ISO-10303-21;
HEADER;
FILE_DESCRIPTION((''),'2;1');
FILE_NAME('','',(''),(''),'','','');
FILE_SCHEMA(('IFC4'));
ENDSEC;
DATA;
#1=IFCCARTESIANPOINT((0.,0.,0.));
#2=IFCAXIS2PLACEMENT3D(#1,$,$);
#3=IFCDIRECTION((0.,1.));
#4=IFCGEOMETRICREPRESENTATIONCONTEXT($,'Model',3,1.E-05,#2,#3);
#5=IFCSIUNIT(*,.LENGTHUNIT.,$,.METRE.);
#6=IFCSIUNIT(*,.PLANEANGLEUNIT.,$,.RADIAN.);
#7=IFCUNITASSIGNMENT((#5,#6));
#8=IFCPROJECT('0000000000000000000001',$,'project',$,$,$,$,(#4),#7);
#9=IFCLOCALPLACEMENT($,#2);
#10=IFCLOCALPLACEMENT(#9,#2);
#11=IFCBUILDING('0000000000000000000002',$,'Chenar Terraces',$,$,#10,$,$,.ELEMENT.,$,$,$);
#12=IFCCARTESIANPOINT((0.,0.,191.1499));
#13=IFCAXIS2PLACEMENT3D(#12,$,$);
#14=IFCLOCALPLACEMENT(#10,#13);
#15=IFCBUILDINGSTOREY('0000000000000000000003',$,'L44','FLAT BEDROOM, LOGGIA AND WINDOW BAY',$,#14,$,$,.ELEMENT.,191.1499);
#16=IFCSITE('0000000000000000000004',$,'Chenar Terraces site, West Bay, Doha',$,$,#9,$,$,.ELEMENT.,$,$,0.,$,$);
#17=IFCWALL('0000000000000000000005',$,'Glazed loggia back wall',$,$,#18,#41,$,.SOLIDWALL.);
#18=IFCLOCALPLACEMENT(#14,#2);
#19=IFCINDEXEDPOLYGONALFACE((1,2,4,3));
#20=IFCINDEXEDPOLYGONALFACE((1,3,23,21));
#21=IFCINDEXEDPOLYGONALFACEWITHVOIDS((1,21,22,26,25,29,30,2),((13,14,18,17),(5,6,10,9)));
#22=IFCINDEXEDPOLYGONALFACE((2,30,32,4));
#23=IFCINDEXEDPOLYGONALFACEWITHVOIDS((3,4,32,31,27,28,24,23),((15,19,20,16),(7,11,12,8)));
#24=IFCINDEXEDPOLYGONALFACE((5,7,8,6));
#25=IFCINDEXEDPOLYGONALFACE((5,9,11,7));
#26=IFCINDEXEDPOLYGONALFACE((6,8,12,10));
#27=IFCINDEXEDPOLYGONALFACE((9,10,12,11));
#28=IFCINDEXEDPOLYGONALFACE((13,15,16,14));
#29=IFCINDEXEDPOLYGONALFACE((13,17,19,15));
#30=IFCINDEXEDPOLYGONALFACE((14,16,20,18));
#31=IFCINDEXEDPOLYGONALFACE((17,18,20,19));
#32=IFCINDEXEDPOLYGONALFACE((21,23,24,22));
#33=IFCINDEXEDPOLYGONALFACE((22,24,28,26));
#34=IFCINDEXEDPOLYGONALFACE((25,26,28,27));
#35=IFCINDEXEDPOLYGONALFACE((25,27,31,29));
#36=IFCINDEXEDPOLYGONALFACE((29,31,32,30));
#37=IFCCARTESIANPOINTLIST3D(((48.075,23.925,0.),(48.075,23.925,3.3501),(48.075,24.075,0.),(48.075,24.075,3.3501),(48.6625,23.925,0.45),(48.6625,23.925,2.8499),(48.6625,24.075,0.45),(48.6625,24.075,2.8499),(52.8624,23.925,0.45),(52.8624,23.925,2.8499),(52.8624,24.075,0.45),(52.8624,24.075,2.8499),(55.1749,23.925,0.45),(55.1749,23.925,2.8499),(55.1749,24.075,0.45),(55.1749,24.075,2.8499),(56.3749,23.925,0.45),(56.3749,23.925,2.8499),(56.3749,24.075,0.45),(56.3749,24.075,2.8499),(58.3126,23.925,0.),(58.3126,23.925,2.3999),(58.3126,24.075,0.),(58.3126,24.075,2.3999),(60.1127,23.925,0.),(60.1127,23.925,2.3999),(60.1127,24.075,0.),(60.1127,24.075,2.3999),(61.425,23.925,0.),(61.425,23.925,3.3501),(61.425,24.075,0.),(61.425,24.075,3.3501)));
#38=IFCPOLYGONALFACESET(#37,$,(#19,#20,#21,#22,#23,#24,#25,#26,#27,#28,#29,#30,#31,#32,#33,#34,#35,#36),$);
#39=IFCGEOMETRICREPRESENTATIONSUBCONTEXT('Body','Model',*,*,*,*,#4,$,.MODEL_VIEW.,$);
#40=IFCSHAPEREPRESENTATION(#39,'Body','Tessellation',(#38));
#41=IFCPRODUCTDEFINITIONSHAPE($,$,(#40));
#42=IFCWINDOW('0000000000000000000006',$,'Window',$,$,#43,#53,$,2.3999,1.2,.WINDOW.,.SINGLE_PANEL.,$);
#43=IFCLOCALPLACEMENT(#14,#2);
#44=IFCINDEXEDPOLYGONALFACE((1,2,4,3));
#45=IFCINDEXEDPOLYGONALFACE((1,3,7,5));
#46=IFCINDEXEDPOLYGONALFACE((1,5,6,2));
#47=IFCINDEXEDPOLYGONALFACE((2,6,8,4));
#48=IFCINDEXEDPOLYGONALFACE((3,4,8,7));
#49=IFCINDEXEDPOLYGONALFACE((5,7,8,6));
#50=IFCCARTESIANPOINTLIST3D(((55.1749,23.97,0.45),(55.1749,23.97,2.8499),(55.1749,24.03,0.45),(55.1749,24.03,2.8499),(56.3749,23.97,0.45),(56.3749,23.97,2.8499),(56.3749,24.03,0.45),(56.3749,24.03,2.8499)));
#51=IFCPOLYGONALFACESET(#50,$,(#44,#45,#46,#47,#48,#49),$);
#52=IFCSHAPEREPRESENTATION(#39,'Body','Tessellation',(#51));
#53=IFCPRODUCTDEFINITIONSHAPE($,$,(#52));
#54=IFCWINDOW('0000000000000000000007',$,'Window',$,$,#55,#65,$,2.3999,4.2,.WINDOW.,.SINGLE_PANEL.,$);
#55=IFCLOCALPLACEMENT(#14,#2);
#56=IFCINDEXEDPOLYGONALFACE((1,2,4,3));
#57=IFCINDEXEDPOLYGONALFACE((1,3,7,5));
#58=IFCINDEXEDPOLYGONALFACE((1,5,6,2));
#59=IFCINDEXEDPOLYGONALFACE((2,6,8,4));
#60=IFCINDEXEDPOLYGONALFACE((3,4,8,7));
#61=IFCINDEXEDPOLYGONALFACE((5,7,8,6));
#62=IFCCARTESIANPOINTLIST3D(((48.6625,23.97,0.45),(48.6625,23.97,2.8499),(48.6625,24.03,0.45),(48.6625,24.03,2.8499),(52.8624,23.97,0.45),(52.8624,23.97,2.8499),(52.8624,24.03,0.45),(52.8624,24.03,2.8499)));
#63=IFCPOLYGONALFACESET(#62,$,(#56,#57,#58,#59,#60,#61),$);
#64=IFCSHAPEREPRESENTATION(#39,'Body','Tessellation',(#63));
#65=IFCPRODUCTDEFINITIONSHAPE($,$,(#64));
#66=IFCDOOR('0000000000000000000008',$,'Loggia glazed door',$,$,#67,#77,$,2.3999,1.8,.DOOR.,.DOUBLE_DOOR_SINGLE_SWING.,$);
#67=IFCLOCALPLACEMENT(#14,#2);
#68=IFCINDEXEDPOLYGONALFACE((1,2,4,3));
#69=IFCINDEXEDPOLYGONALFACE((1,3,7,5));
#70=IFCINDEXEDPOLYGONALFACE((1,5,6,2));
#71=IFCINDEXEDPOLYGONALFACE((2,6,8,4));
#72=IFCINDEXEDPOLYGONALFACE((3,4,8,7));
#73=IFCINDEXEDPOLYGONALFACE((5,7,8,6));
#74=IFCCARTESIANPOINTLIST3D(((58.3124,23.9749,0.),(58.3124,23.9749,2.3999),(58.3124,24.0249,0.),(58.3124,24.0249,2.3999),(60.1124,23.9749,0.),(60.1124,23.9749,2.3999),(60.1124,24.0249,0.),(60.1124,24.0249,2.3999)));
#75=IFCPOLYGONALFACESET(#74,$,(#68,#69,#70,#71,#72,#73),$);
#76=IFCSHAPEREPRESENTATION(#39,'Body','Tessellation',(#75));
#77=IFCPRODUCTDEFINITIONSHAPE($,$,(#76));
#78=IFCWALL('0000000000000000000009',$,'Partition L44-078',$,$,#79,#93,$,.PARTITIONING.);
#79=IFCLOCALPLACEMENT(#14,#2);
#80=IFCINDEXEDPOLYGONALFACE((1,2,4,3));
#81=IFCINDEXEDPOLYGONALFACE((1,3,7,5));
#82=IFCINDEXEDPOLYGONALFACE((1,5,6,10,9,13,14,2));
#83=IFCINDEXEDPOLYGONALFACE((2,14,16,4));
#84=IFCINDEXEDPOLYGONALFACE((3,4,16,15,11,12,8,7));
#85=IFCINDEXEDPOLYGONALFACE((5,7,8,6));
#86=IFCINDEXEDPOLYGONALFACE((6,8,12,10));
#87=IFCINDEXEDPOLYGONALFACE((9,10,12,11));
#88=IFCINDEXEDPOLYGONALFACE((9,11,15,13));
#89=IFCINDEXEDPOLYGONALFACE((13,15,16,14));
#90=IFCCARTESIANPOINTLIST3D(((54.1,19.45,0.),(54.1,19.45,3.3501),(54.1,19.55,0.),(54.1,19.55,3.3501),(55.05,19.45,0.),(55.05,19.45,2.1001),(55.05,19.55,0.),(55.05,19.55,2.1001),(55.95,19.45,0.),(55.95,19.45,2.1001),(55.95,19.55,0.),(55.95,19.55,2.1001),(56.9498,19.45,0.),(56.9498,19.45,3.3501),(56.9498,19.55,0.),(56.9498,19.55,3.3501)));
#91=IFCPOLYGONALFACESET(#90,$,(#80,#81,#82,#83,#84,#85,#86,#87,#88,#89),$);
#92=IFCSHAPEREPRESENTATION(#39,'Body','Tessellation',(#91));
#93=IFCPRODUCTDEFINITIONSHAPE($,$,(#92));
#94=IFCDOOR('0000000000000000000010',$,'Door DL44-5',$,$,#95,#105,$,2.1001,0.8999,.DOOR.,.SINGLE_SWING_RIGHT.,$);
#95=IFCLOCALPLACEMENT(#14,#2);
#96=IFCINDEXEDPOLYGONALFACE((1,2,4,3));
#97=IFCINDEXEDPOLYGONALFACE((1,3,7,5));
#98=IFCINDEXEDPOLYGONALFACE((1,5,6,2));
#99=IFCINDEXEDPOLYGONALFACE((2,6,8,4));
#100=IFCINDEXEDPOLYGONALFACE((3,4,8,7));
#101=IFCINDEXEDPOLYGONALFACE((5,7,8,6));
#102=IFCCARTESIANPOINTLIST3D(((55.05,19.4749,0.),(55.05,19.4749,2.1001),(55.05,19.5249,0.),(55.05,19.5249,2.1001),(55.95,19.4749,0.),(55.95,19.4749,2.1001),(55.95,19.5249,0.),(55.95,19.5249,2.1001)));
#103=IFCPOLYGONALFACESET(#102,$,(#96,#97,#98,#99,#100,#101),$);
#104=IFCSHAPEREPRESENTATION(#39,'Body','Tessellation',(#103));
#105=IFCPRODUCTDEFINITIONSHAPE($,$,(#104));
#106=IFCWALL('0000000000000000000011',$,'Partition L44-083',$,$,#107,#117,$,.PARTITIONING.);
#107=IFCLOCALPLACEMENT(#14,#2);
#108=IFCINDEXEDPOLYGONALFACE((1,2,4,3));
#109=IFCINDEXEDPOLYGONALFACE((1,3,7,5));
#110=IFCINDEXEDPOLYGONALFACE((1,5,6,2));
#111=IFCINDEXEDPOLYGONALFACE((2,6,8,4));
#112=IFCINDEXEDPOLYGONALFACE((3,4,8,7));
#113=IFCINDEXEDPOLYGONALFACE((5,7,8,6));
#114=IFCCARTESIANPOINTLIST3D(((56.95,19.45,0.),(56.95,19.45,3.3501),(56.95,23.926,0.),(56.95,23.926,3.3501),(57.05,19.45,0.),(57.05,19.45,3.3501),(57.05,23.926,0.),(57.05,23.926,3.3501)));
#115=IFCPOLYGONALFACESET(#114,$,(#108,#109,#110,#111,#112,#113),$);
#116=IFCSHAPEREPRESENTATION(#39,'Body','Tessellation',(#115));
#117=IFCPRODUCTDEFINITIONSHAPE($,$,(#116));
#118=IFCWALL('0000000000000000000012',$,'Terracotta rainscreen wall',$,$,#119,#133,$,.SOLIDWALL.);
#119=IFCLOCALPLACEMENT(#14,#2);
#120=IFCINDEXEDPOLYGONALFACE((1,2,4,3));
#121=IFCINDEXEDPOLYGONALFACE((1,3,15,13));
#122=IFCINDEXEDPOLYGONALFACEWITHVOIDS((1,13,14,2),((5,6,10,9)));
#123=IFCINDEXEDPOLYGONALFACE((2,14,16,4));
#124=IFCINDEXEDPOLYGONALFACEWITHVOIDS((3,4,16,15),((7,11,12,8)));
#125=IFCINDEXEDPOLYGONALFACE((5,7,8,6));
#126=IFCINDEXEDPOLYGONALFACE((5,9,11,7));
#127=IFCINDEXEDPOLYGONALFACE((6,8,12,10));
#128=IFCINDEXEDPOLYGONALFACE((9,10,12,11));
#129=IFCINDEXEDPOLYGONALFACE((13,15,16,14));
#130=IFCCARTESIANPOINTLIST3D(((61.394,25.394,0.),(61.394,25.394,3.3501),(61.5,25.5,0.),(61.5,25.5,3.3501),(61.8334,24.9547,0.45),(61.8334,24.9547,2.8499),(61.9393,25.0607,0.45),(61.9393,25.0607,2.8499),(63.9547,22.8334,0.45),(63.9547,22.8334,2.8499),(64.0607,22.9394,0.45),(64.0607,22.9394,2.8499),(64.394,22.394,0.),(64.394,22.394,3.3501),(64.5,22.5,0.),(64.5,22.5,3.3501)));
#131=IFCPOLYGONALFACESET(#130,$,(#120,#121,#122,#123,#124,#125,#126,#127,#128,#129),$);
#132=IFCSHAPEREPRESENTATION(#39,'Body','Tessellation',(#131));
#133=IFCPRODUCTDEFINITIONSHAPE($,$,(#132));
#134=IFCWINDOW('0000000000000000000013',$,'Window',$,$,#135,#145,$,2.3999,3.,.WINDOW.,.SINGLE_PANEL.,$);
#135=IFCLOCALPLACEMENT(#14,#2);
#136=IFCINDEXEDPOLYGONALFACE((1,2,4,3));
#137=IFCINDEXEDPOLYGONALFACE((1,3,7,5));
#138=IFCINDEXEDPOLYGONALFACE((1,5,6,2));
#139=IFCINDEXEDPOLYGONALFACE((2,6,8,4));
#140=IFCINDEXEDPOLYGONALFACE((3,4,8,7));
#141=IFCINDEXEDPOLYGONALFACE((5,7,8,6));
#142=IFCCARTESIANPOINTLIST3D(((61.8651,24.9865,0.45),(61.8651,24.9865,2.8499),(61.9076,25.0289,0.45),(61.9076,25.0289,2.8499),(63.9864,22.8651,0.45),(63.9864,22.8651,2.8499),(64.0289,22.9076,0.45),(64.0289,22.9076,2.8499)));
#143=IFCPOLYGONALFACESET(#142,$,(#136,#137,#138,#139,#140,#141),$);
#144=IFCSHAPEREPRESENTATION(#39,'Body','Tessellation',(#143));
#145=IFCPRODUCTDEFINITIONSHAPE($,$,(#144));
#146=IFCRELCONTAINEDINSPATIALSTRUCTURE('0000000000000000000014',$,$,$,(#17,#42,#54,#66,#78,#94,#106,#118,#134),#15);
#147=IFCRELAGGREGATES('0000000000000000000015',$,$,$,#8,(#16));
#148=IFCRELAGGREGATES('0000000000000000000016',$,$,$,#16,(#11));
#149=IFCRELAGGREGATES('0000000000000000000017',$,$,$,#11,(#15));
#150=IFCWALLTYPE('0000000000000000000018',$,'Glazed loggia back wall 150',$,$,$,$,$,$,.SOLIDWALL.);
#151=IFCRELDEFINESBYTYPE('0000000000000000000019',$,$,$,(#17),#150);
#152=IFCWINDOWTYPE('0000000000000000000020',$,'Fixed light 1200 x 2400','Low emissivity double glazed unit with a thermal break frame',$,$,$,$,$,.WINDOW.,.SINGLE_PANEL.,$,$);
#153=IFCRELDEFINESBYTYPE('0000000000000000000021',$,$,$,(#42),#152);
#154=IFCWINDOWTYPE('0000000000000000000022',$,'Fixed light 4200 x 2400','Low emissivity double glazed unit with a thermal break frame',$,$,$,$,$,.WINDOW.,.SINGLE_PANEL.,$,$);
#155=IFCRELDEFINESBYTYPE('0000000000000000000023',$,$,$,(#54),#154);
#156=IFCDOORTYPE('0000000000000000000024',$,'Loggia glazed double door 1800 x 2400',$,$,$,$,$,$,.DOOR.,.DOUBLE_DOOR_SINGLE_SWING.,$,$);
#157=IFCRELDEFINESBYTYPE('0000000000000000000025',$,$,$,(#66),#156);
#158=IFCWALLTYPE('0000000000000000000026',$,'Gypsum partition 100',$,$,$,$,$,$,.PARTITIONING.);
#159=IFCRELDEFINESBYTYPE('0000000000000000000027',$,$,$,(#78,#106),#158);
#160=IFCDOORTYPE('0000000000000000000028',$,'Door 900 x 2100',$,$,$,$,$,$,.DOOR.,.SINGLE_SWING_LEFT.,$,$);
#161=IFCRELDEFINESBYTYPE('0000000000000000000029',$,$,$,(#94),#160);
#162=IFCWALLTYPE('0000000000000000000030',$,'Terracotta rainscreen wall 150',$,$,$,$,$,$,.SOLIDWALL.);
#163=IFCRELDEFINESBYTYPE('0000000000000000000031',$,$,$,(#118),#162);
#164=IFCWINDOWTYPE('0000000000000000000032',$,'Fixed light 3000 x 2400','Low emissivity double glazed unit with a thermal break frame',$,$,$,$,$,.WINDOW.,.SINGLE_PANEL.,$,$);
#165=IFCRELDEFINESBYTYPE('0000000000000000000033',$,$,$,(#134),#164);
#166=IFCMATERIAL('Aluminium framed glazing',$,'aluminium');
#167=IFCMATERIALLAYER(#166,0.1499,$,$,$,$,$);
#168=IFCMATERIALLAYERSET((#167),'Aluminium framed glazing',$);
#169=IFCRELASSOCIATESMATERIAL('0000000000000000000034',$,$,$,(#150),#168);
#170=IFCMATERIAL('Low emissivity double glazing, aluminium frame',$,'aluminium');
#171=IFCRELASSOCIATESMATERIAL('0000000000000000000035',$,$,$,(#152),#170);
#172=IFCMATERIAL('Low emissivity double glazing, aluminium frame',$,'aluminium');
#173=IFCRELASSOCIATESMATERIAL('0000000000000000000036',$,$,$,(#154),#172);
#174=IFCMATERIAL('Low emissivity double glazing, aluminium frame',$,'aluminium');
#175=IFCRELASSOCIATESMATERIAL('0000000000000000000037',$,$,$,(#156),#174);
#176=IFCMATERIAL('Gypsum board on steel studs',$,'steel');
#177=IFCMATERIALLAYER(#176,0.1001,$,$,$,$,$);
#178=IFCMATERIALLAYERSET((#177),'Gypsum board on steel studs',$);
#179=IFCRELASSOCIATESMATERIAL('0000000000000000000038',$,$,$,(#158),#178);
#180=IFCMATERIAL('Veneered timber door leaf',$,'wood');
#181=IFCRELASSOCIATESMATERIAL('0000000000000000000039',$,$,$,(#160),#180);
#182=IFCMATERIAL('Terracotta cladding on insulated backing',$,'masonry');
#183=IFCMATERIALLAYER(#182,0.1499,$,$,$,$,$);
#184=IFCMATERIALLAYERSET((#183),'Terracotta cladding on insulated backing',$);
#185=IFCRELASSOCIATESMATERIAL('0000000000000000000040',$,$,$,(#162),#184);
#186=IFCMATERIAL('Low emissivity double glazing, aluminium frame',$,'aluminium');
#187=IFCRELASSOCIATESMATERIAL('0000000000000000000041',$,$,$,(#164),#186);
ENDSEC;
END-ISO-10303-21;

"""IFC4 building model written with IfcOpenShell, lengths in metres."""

from ifc_helpers import new_model, si_unit, direction, frame, frame_2d, origin, place, context, subcontext, project, spatial, rectangle, extrude, material, layer, layer_set, type_object, element, fill, save


model = new_model("IFC4")

# Units and contexts
model_context = context("Model", 3, precision=1e-05, world=origin(), true_north=direction((0.0, 1.0)))
body_context = subcontext(model_context, "Body", "Model", "MODEL_VIEW")
ifc_project = project(units=[si_unit("LENGTHUNIT", "METRE"), si_unit("PLANEANGLEUNIT", "RADIAN")], contexts=[model_context])

# Site, building, storey
site_placement = place(None, origin())
site = spatial("IfcSite", under=ifc_project, at=site_placement, Name="Chenar Terraces site, West Bay, Doha", CompositionType="ELEMENT", RefElevation=0.0)
building_placement = place(site_placement, origin())
building = spatial("IfcBuilding", under=site, at=building_placement, Name="Chenar Terraces", CompositionType="ELEMENT")
storey_placement = place(building_placement, frame((0.0, 0.0, 191.1499)))
storey = spatial("IfcBuildingStorey", under=building, at=storey_placement, Name="L44", Description="FLAT BEDROOM, LOGGIA AND WINDOW BAY", CompositionType="ELEMENT", Elevation=191.1499)

# Wall, openings, windows, door
ifc_material_1 = material(Name="Aluminium framed glazing", Category="aluminium")
ifc_layer_1 = layer(ifc_material_1, 0.1499)
ifc_layer_set_1 = layer_set([ifc_layer_1], Name="Aluminium framed glazing")
wall_type_1 = type_object("IfcWallType", Name="Glazed loggia back wall 150", PredefinedType="SOLIDWALL", material=ifc_layer_set_1)
wall_1_placement = place(storey_placement, frame((61.425, 24.0, 0.0), z_axis=(0.0, 0.0, 1.0), x_axis=(-1.0, 0.0, 0.0)))
wall_1 = element("IfcWall", 1, at=wall_1_placement, inside=storey, type_object=wall_type_1, Name="Glazed loggia back wall", PredefinedType="SOLIDWALL", context=body_context, shape_type="SweptSolid", body=[
    extrude(rectangle(XDim=13.3501, YDim=0.1499, at=frame_2d((6.675, 0.0))), origin(), (0.0, 0.0, 1.0), 3.3501),
])
opening_1_placement = place(wall_1_placement, frame((1.3125, 0.0, 0.0)))
opening_1 = element("IfcOpeningElement", 2, at=opening_1_placement, cuts=wall_1, PredefinedType="OPENING", context=body_context, shape_type="SweptSolid", body=[
    extrude(rectangle(XDim=1.8, YDim=2.3999, at=frame_2d((0.8999, 1.2))), frame((0.0, 0.085, 0.0), z_axis=(0.0, -1.0, 0.0), x_axis=(1.0, 0.0, 0.0)), (0.0, 0.0, 1.0), 0.1699),
])
opening_2_placement = place(wall_1_placement, frame((5.05, 0.0, 0.45)))
opening_2 = element("IfcOpeningElement", 3, at=opening_2_placement, cuts=wall_1, PredefinedType="OPENING", context=body_context, shape_type="SweptSolid", body=[
    extrude(rectangle(XDim=1.2, YDim=2.3999, at=frame_2d((0.6001, 1.2))), frame((0.0, 0.085, 0.0), z_axis=(0.0, -1.0, 0.0), x_axis=(1.0, 0.0, 0.0)), (0.0, 0.0, 1.0), 0.1699),
])
opening_3_placement = place(wall_1_placement, frame((8.5625, 0.0, 0.45)))
opening_3 = element("IfcOpeningElement", 4, at=opening_3_placement, cuts=wall_1, PredefinedType="OPENING", context=body_context, shape_type="SweptSolid", body=[
    extrude(rectangle(XDim=4.2, YDim=2.3999, at=frame_2d((2.1001, 1.2))), frame((0.0, 0.085, 0.0), z_axis=(0.0, -1.0, 0.0), x_axis=(1.0, 0.0, 0.0)), (0.0, 0.0, 1.0), 0.1699),
])
ifc_material_2 = material(Name="Low emissivity double glazing, aluminium frame", Category="aluminium")
window_type_1 = type_object("IfcWindowType", Name="Fixed light 1200 x 2400", Description="Low emissivity double glazed unit with a thermal break frame", PartitioningType="SINGLE_PANEL", PredefinedType="WINDOW", material=ifc_material_2)
window_1_placement = place(opening_2_placement, origin())
window_1 = element("IfcWindow", 5, at=window_1_placement, inside=storey, type_object=window_type_1, Name="Window", OverallHeight=2.3999, OverallWidth=1.2, PartitioningType="SINGLE_PANEL", PredefinedType="WINDOW", context=body_context, shape_type="SweptSolid", body=[
    extrude(rectangle(XDim=1.2, YDim=2.3999, at=frame_2d((0.6001, 1.2))), frame((0.0, 0.03, 0.0), z_axis=(0.0, -1.0, 0.0), x_axis=(1.0, 0.0, 0.0)), (0.0, 0.0, 1.0), 0.0601),
])
fill(opening_2, window_1)
ifc_material_3 = material(Name="Low emissivity double glazing, aluminium frame", Category="aluminium")
window_type_2 = type_object("IfcWindowType", Name="Fixed light 4200 x 2400", Description="Low emissivity double glazed unit with a thermal break frame", PartitioningType="SINGLE_PANEL", PredefinedType="WINDOW", material=ifc_material_3)
window_2_placement = place(opening_3_placement, origin())
window_2 = element("IfcWindow", 6, at=window_2_placement, inside=storey, type_object=window_type_2, Name="Window", OverallHeight=2.3999, OverallWidth=4.2, PartitioningType="SINGLE_PANEL", PredefinedType="WINDOW", context=body_context, shape_type="SweptSolid", body=[
    extrude(rectangle(XDim=4.2, YDim=2.3999, at=frame_2d((2.1001, 1.2))), frame((0.0, 0.03, 0.0), z_axis=(0.0, -1.0, 0.0), x_axis=(1.0, 0.0, 0.0)), (0.0, 0.0, 1.0), 0.0601),
])
fill(opening_3, window_2)
ifc_material_4 = material(Name="Low emissivity double glazing, aluminium frame", Category="aluminium")
door_type_1 = type_object("IfcDoorType", Name="Loggia glazed double door 1800 x 2400", OperationType="DOUBLE_DOOR_SINGLE_SWING", PredefinedType="DOOR", material=ifc_material_4)
door_1_placement = place(opening_1_placement, frame((1.8, 0.0, 0.0), z_axis=(0.0, 0.0, 1.0), x_axis=(-1.0, 0.0, 0.0)))
door_1 = element("IfcDoor", 7, at=door_1_placement, inside=storey, type_object=door_type_1, Name="Loggia glazed door", OperationType="DOUBLE_DOOR_SINGLE_SWING", OverallHeight=2.3999, OverallWidth=1.8, PredefinedType="DOOR", context=body_context, shape_type="SweptSolid", body=[
    extrude(rectangle(XDim=1.8, YDim=2.3999, at=frame_2d((0.8999, 1.2))), frame((0.0, 0.0249, 0.0), z_axis=(0.0, -1.0, 0.0), x_axis=(1.0, 0.0, 0.0)), (0.0, 0.0, 1.0), 0.05),
])
fill(opening_1, door_1)

# Wall, opening, door
ifc_material_5 = material(Name="Gypsum board on steel studs", Category="steel")
ifc_layer_2 = layer(ifc_material_5, 0.1001)
ifc_layer_set_2 = layer_set([ifc_layer_2], Name="Gypsum board on steel studs")
wall_type_2 = type_object("IfcWallType", Name="Gypsum partition 100", PredefinedType="PARTITIONING", material=ifc_layer_set_2)
wall_2_placement = place(storey_placement, frame((54.1001, 19.5, 0.0), z_axis=(0.0, 0.0, 1.0), x_axis=(1.0, 0.0, 0.0)))
wall_2 = element("IfcWall", 8, at=wall_2_placement, inside=storey, type_object=wall_type_2, Name="Partition L44-078", PredefinedType="PARTITIONING", context=body_context, shape_type="SweptSolid", body=[
    extrude(rectangle(XDim=2.8499, YDim=0.1001, at=frame_2d((1.4248, 0.0))), origin(), (0.0, 0.0, 1.0), 3.3501),
])
opening_4_placement = place(wall_2_placement, frame((0.95, 0.0, 0.0)))
opening_4 = element("IfcOpeningElement", 9, at=opening_4_placement, cuts=wall_2, PredefinedType="OPENING", context=body_context, shape_type="SweptSolid", body=[
    extrude(rectangle(XDim=0.8999, YDim=2.1001, at=frame_2d((0.45, 1.05))), frame((0.0, 0.0601, 0.0), z_axis=(0.0, -1.0, 0.0), x_axis=(1.0, 0.0, 0.0)), (0.0, 0.0, 1.0), 0.1201),
])
ifc_material_6 = material(Name="Veneered timber door leaf", Category="wood")
door_type_2 = type_object("IfcDoorType", Name="Door 900 x 2100", OperationType="SINGLE_SWING_LEFT", PredefinedType="DOOR", material=ifc_material_6)
door_2_placement = place(opening_4_placement, origin())
door_2 = element("IfcDoor", 10, at=door_2_placement, inside=storey, type_object=door_type_2, Name="Door DL44-5", OperationType="SINGLE_SWING_RIGHT", OverallHeight=2.1001, OverallWidth=0.8999, PredefinedType="DOOR", context=body_context, shape_type="SweptSolid", body=[
    extrude(rectangle(XDim=0.8999, YDim=2.1001, at=frame_2d((0.45, 1.05))), frame((0.0, 0.0249, 0.0), z_axis=(0.0, -1.0, 0.0), x_axis=(1.0, 0.0, 0.0)), (0.0, 0.0, 1.0), 0.05),
])
fill(opening_4, door_2)

# Wall
wall_3_placement = place(storey_placement, frame((57.0, 19.45, 0.0), z_axis=(0.0, 0.0, 1.0), x_axis=(0.0, 1.0, 0.0)))
element("IfcWall", 11, at=wall_3_placement, inside=storey, type_object=wall_type_2, Name="Partition L44-083", PredefinedType="PARTITIONING", context=body_context, shape_type="SweptSolid", body=[
    extrude(rectangle(XDim=4.4761, YDim=0.1001, at=frame_2d((2.238, 0.0))), origin(), (0.0, 0.0, 1.0), 3.3501),
])

# Wall, opening, window
ifc_material_7 = material(Name="Terracotta cladding on insulated backing", Category="masonry")
ifc_layer_3 = layer(ifc_material_7, 0.1499)
ifc_layer_set_3 = layer_set([ifc_layer_3], Name="Terracotta cladding on insulated backing")
wall_type_3 = type_object("IfcWallType", Name="Terracotta rainscreen wall 150", PredefinedType="SOLIDWALL", material=ifc_layer_set_3)
wall_4_placement = place(storey_placement, frame((64.447, 22.447, 0.0), z_axis=(0.0, 0.0, 1.0), x_axis=(-0.707107, 0.707107, 0.0)))
wall_4 = element("IfcWall", 12, at=wall_4_placement, inside=storey, type_object=wall_type_3, Name="Terracotta rainscreen wall", PredefinedType="SOLIDWALL", context=body_context, shape_type="SweptSolid", body=[
    extrude(rectangle(XDim=4.2427, YDim=0.1499, at=frame_2d((2.1213, 0.0))), origin(), (0.0, 0.0, 1.0), 3.3501),
])
opening_5_placement = place(wall_4_placement, frame((0.6213, 0.0, 0.45)))
opening_5 = element("IfcOpeningElement", 13, at=opening_5_placement, cuts=wall_4, PredefinedType="OPENING", context=body_context, shape_type="SweptSolid", body=[
    extrude(rectangle(XDim=3.0, YDim=2.3999, at=frame_2d((1.5, 1.2))), frame((0.0, 0.085, 0.0), z_axis=(0.0, -1.0, 0.0), x_axis=(1.0, 0.0, 0.0)), (0.0, 0.0, 1.0), 0.1699),
])
ifc_material_8 = material(Name="Low emissivity double glazing, aluminium frame", Category="aluminium")
window_type_3 = type_object("IfcWindowType", Name="Fixed light 3000 x 2400", Description="Low emissivity double glazed unit with a thermal break frame", PartitioningType="SINGLE_PANEL", PredefinedType="WINDOW", material=ifc_material_8)
window_3_placement = place(opening_5_placement, origin())
window_3 = element("IfcWindow", 14, at=window_3_placement, inside=storey, type_object=window_type_3, Name="Window", OverallHeight=2.3999, OverallWidth=3.0, PartitioningType="SINGLE_PANEL", PredefinedType="WINDOW", context=body_context, shape_type="SweptSolid", body=[
    extrude(rectangle(XDim=3.0, YDim=2.3999, at=frame_2d((1.5, 1.2))), frame((0.0, 0.03, 0.0), z_axis=(0.0, -1.0, 0.0), x_axis=(1.0, 0.0, 0.0)), (0.0, 0.0, 1.0), 0.0601),
])
fill(opening_5, window_3)

save(model, "model.ifc")
